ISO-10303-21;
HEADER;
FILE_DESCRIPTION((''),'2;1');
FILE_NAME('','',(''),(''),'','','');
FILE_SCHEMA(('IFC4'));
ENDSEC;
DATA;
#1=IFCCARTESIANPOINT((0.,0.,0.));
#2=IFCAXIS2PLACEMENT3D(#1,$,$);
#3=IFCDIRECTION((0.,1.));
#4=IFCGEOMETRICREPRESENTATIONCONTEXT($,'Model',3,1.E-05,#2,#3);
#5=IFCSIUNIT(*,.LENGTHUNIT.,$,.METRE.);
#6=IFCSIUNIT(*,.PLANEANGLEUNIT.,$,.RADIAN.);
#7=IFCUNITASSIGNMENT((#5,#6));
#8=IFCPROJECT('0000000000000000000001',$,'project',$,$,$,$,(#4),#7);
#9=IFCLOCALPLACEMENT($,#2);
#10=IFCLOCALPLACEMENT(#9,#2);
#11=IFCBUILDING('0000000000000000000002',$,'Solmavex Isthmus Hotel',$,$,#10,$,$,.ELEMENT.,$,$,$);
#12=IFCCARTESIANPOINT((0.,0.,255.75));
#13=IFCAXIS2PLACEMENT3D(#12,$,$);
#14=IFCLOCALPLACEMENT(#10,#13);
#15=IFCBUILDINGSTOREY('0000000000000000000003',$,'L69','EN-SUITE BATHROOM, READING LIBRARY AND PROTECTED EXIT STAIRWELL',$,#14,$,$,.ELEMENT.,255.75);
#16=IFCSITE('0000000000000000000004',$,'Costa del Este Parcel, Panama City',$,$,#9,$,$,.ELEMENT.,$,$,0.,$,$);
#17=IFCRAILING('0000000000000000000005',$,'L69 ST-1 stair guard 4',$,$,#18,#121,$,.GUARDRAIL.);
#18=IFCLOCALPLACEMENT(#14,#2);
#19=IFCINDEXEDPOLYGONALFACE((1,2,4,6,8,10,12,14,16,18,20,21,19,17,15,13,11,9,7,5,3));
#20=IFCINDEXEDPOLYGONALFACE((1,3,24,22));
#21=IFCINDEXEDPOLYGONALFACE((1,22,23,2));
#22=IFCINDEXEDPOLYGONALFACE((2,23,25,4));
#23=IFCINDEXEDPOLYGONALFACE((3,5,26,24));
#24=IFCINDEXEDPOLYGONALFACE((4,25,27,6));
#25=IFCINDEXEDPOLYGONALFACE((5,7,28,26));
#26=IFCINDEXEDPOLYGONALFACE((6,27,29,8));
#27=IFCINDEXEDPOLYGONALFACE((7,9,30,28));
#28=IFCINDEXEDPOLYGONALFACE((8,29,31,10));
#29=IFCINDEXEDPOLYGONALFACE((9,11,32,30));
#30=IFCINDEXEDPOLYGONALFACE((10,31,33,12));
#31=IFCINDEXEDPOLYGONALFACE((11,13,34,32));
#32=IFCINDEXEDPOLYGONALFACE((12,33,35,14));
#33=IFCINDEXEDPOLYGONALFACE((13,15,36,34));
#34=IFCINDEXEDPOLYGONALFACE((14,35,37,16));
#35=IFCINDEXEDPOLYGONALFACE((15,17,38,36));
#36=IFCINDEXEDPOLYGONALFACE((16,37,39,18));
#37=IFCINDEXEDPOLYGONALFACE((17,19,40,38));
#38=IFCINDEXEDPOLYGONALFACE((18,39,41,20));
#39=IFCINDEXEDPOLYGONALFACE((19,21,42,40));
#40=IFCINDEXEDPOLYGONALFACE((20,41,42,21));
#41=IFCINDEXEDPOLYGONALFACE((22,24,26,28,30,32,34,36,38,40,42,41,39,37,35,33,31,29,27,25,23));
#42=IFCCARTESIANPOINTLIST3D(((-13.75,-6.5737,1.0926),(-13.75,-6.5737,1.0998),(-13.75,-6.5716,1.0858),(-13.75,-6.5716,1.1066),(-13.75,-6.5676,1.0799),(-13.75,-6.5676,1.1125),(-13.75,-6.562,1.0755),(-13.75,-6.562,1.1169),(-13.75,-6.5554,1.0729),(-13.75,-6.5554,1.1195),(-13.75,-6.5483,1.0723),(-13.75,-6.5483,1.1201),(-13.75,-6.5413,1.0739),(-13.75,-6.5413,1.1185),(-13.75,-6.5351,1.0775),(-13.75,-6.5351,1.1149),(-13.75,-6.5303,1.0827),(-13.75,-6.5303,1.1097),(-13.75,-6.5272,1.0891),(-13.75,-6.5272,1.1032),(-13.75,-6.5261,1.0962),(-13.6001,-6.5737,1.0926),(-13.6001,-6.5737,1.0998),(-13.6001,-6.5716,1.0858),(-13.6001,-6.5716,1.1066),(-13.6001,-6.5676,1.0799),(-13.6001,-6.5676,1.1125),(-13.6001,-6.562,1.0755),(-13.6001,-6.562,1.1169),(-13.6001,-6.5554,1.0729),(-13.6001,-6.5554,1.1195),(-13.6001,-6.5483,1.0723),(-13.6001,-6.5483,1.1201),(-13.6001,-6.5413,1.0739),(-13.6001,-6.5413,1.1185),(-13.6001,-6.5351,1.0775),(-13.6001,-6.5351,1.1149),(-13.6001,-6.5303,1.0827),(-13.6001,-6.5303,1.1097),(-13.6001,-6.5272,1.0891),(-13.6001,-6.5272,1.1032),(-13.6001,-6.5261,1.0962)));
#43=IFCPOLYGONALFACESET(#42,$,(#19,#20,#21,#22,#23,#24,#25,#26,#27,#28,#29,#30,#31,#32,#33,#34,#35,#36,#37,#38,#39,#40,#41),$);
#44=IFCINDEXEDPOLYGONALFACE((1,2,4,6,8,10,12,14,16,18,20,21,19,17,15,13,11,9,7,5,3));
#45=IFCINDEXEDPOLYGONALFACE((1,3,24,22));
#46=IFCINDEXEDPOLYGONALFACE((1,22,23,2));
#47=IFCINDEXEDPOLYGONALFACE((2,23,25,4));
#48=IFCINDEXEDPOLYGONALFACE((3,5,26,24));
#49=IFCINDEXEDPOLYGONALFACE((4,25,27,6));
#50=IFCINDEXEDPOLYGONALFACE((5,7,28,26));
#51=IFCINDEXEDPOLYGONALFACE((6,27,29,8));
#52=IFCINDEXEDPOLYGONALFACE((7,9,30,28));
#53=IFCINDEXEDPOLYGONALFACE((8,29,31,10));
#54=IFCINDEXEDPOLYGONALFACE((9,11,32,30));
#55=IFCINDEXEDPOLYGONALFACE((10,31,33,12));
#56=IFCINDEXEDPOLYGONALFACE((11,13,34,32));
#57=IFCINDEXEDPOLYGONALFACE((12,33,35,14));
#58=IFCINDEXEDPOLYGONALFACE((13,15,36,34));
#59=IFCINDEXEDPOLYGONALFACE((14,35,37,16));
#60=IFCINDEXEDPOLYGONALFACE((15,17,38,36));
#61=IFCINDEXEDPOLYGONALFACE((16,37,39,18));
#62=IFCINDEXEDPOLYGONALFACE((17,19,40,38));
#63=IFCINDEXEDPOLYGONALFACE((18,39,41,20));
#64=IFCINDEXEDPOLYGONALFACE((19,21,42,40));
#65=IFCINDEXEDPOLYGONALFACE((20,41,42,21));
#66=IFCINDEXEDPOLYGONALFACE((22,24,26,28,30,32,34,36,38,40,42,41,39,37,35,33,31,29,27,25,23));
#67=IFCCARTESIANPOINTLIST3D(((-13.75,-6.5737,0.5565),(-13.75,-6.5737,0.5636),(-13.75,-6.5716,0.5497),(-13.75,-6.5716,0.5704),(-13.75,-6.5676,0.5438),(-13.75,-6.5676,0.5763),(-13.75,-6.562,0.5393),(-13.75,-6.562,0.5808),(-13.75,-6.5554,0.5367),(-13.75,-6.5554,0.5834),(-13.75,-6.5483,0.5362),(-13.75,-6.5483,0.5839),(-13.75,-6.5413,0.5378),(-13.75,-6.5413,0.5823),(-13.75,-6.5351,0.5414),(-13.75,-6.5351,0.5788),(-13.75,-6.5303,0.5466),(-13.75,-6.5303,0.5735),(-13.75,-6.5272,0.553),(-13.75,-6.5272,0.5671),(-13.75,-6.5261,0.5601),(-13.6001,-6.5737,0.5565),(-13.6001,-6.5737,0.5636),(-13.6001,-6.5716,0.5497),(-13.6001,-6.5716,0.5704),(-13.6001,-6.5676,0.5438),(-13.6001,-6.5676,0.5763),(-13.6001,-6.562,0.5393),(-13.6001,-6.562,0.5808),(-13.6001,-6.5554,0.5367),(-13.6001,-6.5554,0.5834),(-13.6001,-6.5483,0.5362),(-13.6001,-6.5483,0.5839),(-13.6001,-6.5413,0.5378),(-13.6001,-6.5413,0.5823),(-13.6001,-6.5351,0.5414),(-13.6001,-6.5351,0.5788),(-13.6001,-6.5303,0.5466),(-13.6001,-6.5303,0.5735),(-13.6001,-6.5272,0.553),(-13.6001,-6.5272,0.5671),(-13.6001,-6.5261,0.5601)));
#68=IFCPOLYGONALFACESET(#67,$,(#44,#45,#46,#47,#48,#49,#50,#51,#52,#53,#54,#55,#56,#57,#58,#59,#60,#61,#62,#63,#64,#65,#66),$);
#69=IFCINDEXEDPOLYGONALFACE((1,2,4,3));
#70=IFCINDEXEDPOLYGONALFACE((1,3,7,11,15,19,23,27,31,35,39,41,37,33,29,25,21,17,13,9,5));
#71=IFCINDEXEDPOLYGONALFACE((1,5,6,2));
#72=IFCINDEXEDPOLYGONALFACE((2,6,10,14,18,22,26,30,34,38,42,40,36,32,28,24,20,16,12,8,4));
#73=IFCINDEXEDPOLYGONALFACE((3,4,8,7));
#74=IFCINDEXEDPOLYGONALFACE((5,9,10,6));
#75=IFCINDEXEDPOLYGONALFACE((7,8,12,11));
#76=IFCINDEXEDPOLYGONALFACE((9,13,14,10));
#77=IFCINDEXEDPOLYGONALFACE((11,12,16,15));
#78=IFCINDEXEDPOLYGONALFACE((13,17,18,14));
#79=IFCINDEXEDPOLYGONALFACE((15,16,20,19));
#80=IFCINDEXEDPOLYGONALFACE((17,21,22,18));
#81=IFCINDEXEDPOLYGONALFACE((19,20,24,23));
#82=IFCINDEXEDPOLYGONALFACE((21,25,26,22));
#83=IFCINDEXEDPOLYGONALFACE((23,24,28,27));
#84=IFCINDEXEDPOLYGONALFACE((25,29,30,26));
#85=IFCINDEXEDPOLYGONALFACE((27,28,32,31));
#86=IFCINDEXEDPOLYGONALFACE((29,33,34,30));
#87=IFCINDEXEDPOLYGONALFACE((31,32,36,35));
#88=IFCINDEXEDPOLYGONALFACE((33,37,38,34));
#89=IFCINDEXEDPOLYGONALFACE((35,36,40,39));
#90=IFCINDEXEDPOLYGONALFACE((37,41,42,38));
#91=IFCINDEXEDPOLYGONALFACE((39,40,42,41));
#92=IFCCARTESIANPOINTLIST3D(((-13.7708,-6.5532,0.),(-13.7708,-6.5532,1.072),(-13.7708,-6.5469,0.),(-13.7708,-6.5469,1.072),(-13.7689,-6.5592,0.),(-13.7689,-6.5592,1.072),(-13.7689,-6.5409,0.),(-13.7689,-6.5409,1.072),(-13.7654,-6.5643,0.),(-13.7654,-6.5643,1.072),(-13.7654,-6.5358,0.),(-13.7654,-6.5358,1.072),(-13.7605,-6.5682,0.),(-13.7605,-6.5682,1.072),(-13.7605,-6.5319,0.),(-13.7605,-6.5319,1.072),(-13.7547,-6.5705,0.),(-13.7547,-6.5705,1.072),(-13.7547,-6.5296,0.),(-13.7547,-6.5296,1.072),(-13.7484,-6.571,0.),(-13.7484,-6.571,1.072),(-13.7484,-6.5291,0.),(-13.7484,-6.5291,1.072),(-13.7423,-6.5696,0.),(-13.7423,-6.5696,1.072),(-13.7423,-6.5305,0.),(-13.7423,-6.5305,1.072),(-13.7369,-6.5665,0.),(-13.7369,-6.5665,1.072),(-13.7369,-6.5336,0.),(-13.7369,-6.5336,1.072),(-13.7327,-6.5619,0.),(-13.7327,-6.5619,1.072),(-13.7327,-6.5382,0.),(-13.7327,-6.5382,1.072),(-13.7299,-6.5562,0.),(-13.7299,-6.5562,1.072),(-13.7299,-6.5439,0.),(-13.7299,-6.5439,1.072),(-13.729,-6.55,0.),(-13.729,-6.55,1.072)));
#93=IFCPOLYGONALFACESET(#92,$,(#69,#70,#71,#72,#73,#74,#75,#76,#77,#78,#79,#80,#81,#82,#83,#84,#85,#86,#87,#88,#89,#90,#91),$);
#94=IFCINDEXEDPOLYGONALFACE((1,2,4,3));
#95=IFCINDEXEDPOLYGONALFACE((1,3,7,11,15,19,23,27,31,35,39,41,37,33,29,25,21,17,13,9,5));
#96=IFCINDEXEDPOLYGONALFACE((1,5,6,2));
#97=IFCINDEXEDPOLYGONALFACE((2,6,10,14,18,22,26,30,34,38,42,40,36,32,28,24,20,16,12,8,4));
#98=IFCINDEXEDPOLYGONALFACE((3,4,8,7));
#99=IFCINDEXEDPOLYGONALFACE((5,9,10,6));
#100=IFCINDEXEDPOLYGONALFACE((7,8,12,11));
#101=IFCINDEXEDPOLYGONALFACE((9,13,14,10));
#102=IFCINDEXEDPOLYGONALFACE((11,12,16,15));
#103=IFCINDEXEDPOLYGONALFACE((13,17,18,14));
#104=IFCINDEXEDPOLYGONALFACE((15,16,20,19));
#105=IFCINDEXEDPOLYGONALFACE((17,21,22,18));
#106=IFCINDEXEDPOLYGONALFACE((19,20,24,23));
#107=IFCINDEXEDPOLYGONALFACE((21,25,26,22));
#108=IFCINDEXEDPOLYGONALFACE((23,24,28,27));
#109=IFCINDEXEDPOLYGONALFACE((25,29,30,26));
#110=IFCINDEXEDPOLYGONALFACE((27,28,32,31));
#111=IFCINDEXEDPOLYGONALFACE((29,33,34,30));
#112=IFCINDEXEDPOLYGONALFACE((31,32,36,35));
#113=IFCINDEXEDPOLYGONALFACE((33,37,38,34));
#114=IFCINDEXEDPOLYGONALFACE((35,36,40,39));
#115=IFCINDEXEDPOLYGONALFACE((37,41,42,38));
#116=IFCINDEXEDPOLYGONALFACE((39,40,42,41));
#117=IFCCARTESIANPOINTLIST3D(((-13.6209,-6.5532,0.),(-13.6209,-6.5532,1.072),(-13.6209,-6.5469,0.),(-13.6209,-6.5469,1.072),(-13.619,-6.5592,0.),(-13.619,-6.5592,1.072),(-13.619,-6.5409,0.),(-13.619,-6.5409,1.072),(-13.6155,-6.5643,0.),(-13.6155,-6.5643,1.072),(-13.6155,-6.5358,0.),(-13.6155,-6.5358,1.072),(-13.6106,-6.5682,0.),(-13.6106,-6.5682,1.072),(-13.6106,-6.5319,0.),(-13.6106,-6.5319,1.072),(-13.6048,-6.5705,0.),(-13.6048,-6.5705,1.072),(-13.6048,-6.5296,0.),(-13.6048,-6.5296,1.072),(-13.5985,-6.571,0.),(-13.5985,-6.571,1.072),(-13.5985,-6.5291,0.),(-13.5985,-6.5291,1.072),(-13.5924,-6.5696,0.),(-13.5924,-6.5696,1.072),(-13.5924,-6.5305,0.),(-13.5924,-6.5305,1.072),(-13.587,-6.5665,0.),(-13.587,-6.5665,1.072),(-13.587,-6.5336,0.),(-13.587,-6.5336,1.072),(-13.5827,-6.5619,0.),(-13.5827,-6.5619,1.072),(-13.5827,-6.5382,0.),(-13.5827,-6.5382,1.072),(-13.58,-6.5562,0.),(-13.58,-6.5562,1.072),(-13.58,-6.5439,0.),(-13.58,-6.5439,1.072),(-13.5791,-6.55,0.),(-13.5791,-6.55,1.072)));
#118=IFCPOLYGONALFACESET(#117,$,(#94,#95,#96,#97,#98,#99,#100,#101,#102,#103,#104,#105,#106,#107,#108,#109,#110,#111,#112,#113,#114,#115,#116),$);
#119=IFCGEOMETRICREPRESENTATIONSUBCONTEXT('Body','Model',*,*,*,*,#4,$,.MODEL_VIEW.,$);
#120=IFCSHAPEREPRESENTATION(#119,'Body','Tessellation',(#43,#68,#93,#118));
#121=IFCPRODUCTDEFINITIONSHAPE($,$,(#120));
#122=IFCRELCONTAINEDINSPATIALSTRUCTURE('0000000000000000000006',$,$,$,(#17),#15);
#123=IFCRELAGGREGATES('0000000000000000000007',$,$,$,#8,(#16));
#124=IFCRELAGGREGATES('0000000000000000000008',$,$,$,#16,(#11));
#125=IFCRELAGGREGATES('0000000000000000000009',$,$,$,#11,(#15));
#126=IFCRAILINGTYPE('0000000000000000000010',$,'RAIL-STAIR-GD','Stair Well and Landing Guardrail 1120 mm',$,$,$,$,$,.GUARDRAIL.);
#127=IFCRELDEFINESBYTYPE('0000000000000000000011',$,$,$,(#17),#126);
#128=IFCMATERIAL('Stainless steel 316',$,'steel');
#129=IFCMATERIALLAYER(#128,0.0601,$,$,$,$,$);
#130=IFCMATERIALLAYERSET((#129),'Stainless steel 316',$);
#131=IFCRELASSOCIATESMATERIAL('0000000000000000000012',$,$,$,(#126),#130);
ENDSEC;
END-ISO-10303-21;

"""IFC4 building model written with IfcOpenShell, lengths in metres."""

from ifc_helpers import new_model, si_unit, direction, frame, origin, origin_2d, place, context, subcontext, project, spatial, circle, extrude, material, layer, layer_set, type_object, element, save


model = new_model("IFC4")

# Units and contexts
model_context = context("Model", 3, precision=1e-05, world=origin(), true_north=direction((0.0, 1.0)))
body_context = subcontext(model_context, "Body", "Model", "MODEL_VIEW")
ifc_project = project(units=[si_unit("LENGTHUNIT", "METRE"), si_unit("PLANEANGLEUNIT", "RADIAN")], contexts=[model_context])

# Site, building, storey
site_placement = place(None, origin())
site = spatial("IfcSite", under=ifc_project, at=site_placement, Name="Costa del Este Parcel, Panama City", CompositionType="ELEMENT", RefElevation=0.0)
building_placement = place(site_placement, origin())
building = spatial("IfcBuilding", under=site, at=building_placement, Name="Solmavex Isthmus Hotel", CompositionType="ELEMENT")
storey_placement = place(building_placement, frame((0.0, 0.0, 255.75)))
storey = spatial("IfcBuildingStorey", under=building, at=storey_placement, Name="L69", Description="EN-SUITE BATHROOM, READING LIBRARY AND PROTECTED EXIT STAIRWELL", CompositionType="ELEMENT", Elevation=255.75)

# Railing
ifc_material_1 = material(Name="Stainless steel 316", Category="steel")
ifc_layer_1 = layer(ifc_material_1, 0.0601)
ifc_layer_set_1 = layer_set([ifc_layer_1], Name="Stainless steel 316")
railing_type_1 = type_object("IfcRailingType", Name="RAIL-STAIR-GD", Description="Stair Well and Landing Guardrail 1120 mm", PredefinedType="GUARDRAIL", material=ifc_layer_set_1)
railing_1_placement = place(storey_placement, frame((-13.75, -6.55, 0.0)))
element("IfcRailing", 1, at=railing_1_placement, inside=storey, type_object=railing_type_1, Name="L69 ST-1 stair guard 4", PredefinedType="GUARDRAIL", context=body_context, shape_type="SweptSolid", body=[
    extrude(circle(Radius=0.0239, at=origin_2d()), frame((0.0, 0.0, 1.0962), z_axis=(1.0, 0.0, 0.0), x_axis=(0.0, 1.0, 0.0)), (0.0, 0.0, 1.0), 0.1499),
    extrude(circle(Radius=0.0239, at=origin_2d()), frame((0.0, 0.0, 0.5601), z_axis=(1.0, 0.0, 0.0), x_axis=(0.0, 1.0, 0.0)), (0.0, 0.0, 1.0), 0.1499),
    extrude(circle(Radius=0.021, at=origin_2d()), origin(), (0.0, 0.0, 1.0), 1.072),
    extrude(circle(Radius=0.021, at=origin_2d()), frame((0.1499, 0.0, 0.0)), (0.0, 0.0, 1.0), 1.072),
])

save(model, "model.ifc")
